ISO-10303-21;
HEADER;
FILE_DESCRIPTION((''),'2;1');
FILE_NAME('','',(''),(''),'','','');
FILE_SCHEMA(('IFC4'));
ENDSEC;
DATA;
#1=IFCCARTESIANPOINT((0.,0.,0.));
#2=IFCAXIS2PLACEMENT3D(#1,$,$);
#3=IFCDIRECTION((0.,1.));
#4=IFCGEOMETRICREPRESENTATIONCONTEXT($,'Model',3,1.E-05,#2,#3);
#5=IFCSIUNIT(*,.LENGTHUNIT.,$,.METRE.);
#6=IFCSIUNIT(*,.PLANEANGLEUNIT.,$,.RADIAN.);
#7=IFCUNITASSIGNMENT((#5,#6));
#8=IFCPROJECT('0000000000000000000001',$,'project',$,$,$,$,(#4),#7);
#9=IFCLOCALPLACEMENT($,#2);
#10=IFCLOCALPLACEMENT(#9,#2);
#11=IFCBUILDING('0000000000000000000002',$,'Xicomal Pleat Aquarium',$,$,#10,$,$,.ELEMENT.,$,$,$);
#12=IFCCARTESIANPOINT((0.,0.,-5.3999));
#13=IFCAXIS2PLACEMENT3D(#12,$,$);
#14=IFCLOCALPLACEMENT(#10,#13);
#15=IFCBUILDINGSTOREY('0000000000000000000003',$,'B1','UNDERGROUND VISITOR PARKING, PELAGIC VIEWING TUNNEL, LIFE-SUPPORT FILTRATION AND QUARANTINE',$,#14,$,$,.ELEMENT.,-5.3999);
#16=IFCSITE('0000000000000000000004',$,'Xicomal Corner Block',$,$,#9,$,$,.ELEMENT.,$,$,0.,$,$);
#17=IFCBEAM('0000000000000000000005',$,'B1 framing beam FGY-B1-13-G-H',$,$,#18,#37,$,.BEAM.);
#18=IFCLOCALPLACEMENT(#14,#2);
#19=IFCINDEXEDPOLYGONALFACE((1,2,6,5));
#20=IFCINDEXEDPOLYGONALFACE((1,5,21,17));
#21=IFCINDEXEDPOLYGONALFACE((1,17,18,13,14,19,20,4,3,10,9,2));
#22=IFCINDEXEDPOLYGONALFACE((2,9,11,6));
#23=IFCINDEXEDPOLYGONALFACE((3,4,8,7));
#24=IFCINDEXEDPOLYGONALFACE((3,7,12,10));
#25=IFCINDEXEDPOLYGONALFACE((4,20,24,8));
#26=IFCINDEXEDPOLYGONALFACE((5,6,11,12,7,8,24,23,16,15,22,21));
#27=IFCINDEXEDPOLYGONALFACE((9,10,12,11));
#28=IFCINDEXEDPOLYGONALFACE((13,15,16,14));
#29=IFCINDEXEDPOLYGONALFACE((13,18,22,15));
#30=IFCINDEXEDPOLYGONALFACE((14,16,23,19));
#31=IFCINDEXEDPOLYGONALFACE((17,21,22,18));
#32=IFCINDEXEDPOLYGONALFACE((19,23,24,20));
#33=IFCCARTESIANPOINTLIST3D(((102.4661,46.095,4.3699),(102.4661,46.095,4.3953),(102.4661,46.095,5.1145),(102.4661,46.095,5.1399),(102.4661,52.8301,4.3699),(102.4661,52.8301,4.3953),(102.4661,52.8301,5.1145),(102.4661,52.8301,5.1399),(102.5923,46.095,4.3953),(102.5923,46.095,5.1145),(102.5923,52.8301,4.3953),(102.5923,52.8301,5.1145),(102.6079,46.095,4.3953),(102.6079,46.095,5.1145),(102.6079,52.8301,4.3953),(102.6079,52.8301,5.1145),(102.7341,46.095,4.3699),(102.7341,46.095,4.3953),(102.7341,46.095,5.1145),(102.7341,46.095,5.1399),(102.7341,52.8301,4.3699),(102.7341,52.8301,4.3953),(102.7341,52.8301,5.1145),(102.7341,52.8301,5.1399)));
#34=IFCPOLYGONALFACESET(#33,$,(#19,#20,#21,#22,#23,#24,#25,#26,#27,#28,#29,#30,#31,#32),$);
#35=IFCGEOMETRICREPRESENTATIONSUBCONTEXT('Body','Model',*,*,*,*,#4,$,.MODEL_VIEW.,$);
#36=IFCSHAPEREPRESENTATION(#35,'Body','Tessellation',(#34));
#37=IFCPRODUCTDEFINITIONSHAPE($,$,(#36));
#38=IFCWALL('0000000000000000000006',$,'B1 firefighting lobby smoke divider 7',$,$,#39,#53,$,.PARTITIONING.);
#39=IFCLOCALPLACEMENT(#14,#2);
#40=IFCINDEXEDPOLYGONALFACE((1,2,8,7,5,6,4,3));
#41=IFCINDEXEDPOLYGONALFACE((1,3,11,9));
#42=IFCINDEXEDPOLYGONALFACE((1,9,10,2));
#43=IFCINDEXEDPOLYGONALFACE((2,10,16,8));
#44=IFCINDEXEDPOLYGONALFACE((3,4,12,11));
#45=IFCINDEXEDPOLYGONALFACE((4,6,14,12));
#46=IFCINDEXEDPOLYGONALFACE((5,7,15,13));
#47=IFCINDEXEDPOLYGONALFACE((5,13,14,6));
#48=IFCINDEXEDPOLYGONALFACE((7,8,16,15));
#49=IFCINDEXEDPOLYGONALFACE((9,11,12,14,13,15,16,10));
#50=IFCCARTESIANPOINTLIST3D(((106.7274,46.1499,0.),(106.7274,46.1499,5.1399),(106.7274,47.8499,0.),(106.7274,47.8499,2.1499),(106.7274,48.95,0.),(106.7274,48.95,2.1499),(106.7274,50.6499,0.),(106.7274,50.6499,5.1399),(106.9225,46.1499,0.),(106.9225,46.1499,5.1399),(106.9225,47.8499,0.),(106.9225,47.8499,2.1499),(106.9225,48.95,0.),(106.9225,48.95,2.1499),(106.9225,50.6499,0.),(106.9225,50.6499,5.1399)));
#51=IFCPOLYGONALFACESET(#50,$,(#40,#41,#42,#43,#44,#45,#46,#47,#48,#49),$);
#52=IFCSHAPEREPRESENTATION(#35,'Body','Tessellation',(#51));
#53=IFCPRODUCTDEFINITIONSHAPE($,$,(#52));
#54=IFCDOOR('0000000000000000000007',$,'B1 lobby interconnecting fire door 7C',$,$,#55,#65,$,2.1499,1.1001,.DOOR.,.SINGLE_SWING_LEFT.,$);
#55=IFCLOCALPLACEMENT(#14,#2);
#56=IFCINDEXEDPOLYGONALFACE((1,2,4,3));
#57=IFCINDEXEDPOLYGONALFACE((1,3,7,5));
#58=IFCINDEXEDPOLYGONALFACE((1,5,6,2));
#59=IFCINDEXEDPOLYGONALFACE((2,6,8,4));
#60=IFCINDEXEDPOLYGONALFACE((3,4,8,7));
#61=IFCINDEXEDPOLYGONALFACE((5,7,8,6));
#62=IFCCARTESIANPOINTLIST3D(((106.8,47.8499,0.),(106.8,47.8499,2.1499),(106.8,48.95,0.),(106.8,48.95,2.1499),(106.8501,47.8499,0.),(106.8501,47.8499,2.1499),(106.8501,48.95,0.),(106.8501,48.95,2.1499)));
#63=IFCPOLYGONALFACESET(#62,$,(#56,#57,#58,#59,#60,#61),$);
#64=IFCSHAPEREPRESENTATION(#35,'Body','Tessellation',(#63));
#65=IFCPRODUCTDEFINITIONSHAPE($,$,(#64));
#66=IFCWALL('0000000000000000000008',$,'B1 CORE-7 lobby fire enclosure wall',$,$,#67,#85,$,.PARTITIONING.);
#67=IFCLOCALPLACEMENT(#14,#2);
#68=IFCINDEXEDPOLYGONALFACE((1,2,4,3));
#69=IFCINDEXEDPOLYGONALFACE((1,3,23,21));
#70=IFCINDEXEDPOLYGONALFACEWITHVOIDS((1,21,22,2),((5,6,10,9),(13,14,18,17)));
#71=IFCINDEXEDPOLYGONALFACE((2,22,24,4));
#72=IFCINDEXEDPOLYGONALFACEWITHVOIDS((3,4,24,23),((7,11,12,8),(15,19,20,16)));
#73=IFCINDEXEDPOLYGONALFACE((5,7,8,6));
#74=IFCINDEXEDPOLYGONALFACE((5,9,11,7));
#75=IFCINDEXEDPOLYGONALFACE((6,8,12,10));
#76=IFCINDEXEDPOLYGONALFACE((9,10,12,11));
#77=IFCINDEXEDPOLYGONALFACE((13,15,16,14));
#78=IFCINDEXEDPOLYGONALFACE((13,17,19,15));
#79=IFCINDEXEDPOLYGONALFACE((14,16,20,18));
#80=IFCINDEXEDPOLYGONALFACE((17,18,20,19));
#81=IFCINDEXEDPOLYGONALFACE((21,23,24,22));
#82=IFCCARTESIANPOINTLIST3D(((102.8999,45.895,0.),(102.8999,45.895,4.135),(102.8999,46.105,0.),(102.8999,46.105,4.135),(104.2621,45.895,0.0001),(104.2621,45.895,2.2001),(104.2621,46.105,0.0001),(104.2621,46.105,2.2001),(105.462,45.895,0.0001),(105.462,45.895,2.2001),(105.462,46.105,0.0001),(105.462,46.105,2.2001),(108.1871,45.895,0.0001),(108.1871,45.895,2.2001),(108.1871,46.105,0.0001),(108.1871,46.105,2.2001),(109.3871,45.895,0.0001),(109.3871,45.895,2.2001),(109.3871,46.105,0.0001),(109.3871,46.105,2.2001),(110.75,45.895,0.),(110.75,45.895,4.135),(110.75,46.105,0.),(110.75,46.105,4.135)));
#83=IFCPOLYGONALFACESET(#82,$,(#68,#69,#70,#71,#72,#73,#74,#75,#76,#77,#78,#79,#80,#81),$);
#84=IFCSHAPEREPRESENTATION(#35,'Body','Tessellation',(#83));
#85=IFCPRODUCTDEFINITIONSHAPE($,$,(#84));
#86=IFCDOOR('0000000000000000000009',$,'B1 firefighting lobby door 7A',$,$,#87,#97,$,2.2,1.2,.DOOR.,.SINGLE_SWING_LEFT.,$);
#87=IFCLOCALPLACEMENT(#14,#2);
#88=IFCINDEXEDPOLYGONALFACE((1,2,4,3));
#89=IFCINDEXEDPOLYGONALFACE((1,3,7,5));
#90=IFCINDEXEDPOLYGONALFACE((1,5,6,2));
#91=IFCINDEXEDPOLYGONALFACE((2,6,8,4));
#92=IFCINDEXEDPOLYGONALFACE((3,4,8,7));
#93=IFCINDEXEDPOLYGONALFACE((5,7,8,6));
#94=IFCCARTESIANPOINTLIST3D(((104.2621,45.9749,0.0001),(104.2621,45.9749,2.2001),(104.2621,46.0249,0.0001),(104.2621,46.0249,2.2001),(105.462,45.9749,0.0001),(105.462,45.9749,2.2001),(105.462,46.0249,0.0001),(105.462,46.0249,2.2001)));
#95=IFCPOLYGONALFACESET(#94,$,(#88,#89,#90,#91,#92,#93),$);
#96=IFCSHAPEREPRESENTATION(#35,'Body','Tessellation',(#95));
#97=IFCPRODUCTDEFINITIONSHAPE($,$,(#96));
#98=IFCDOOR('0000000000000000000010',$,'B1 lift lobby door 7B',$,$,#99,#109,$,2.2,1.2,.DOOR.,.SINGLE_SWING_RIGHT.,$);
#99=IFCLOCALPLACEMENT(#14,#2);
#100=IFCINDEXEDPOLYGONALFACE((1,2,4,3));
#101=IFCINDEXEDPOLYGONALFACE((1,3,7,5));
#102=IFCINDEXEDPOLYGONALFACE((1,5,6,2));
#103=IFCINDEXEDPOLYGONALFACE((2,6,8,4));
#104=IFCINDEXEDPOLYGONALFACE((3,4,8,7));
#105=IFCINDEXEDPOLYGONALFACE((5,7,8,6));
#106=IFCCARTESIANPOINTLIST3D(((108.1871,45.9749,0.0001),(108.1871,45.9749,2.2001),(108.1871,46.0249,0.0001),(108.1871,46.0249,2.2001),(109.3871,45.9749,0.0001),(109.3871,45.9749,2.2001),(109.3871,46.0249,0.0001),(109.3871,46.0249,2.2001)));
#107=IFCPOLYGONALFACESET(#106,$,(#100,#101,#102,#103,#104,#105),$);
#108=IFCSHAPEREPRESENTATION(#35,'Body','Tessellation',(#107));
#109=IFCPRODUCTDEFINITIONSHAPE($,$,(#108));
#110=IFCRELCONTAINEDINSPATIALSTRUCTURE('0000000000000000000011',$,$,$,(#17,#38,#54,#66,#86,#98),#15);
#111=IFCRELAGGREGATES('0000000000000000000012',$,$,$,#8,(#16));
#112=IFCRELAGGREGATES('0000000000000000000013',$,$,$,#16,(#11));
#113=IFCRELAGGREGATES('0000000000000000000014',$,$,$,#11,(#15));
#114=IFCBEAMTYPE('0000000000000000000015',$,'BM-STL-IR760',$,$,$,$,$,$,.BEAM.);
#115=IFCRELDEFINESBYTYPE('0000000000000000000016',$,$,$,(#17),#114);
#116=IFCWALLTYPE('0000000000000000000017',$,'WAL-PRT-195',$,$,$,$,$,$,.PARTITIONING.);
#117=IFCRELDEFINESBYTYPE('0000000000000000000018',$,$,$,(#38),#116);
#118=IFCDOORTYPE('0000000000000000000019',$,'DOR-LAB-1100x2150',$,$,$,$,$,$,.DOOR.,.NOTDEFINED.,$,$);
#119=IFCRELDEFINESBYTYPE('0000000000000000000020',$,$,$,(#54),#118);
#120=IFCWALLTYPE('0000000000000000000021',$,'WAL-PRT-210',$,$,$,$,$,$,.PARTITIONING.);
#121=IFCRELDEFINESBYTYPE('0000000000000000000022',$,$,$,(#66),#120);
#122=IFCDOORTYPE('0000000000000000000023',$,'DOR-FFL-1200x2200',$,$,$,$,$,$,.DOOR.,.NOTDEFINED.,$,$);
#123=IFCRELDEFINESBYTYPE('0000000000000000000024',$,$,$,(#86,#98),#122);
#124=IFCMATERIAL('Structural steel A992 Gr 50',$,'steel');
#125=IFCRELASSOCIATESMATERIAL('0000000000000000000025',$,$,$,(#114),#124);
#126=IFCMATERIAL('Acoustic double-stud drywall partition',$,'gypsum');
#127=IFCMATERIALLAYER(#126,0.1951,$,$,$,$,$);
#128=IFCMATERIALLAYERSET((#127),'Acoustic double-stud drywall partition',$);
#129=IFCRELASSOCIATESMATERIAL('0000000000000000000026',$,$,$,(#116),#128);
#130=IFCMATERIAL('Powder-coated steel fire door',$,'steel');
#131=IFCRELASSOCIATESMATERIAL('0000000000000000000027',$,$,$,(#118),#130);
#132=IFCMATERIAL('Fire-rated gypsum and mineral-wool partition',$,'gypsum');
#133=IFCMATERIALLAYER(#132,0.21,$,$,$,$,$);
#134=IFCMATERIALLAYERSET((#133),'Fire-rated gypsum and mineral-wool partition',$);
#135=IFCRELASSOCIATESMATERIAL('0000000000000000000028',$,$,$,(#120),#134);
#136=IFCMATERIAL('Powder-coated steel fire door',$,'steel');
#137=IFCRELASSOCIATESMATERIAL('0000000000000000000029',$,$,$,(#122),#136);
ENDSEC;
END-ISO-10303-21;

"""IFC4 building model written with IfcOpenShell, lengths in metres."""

from ifc_helpers import new_model, si_unit, direction, frame, frame_2d, origin, origin_2d, place, context, subcontext, project, spatial, rectangle, i_section, extrude, material, layer, layer_set, material_profile, profile_set, type_object, element, fill, save


model = new_model("IFC4")

# Units and contexts
model_context = context("Model", 3, precision=1e-05, world=origin(), true_north=direction((0.0, 1.0)))
body_context = subcontext(model_context, "Body", "Model", "MODEL_VIEW")
ifc_project = project(units=[si_unit("LENGTHUNIT", "METRE"), si_unit("PLANEANGLEUNIT", "RADIAN")], contexts=[model_context])

# Site, building, storey
site_placement = place(None, origin())
site = spatial("IfcSite", under=ifc_project, at=site_placement, Name="Xicomal Corner Block", CompositionType="ELEMENT", RefElevation=0.0)
building_placement = place(site_placement, origin())
building = spatial("IfcBuilding", under=site, at=building_placement, Name="Xicomal Pleat Aquarium", CompositionType="ELEMENT")
storey_placement = place(building_placement, frame((0.0, 0.0, -5.3999)))
storey = spatial("IfcBuildingStorey", under=building, at=storey_placement, Name="B1", Description="UNDERGROUND VISITOR PARKING, PELAGIC VIEWING TUNNEL, LIFE-SUPPORT FILTRATION AND QUARANTINE", CompositionType="ELEMENT", Elevation=-5.3999)

# Beam
ifc_material_1 = material(Name="Structural steel A992 Gr 50", Category="steel")
ifc_material_profile_1 = material_profile(ifc_material_1, i_section(OverallWidth=0.2681, OverallDepth=0.77, WebThickness=0.0156, FlangeThickness=0.0254, at=origin_2d()), Name="IR 760x196")
ifc_profile_set_1 = profile_set([ifc_material_profile_1], Name="Structural steel A992 Gr 50")
beam_type_1 = type_object("IfcBeamType", Name="BM-STL-IR760", PredefinedType="BEAM", material=ifc_profile_set_1)
beam_1_placement = place(storey_placement, frame((102.6001, 46.095, 4.7549), z_axis=(0.0, 1.0, 0.0), x_axis=(-1.0, 0.0, 0.0)))
element("IfcBeam", 1, at=beam_1_placement, inside=storey, type_object=beam_type_1, Name="B1 framing beam FGY-B1-13-G-H", PredefinedType="BEAM", context=body_context, shape_type="SweptSolid", body=[
    extrude(i_section(OverallWidth=0.2681, OverallDepth=0.77, WebThickness=0.0156, FlangeThickness=0.0254, at=origin_2d()), origin(), (0.0, 0.0, 1.0), 6.7351),
])

# Wall, opening, door
ifc_material_2 = material(Name="Acoustic double-stud drywall partition", Category="gypsum")
ifc_layer_1 = layer(ifc_material_2, 0.1951)
ifc_layer_set_1 = layer_set([ifc_layer_1], Name="Acoustic double-stud drywall partition")
wall_type_1 = type_object("IfcWallType", Name="WAL-PRT-195", PredefinedType="PARTITIONING", material=ifc_layer_set_1)
wall_1_placement = place(storey_placement, frame((106.825, 46.1499, 0.0), z_axis=(0.0, 0.0, 1.0), x_axis=(0.0, 1.0, 0.0)))
wall_1 = element("IfcWall", 2, at=wall_1_placement, inside=storey, type_object=wall_type_1, Name="B1 firefighting lobby smoke divider 7", PredefinedType="PARTITIONING", context=body_context, shape_type="SweptSolid", body=[
    extrude(rectangle(XDim=4.5, YDim=0.1951, at=frame_2d((2.25, 0.0))), origin(), (0.0, 0.0, 1.0), 5.1399),
])
opening_1_placement = place(wall_1_placement, frame((1.7, 0.0, 0.0)))
opening_1 = element("IfcOpeningElement", 3, at=opening_1_placement, cuts=wall_1, PredefinedType="OPENING", context=body_context, shape_type="SweptSolid", body=[
    extrude(rectangle(XDim=1.1001, YDim=2.1499, at=frame_2d((0.55, 1.075))), frame((0.0, 0.1074, 0.0), z_axis=(0.0, -1.0, 0.0), x_axis=(1.0, 0.0, 0.0)), (0.0, 0.0, 1.0), 0.2151),
])
ifc_material_3 = material(Name="Powder-coated steel fire door", Category="steel")
door_type_1 = type_object("IfcDoorType", Name="DOR-LAB-1100x2150", OperationType="NOTDEFINED", PredefinedType="DOOR", material=ifc_material_3)
door_1_placement = place(opening_1_placement, origin())
door_1 = element("IfcDoor", 4, at=door_1_placement, inside=storey, type_object=door_type_1, Name="B1 lobby interconnecting fire door 7C", OperationType="SINGLE_SWING_LEFT", OverallHeight=2.1499, OverallWidth=1.1001, PredefinedType="DOOR", context=body_context, shape_type="SweptSolid", body=[
    extrude(rectangle(XDim=1.1001, YDim=2.1499, at=frame_2d((0.55, 1.075))), frame((0.0, 0.0249, 0.0), z_axis=(0.0, -1.0, 0.0), x_axis=(1.0, 0.0, 0.0)), (0.0, 0.0, 1.0), 0.05),
])
fill(opening_1, door_1)

# Wall, openings, doors
ifc_material_4 = material(Name="Fire-rated gypsum and mineral-wool partition", Category="gypsum")
ifc_layer_2 = layer(ifc_material_4, 0.21)
ifc_layer_set_2 = layer_set([ifc_layer_2], Name="Fire-rated gypsum and mineral-wool partition")
wall_type_2 = type_object("IfcWallType", Name="WAL-PRT-210", PredefinedType="PARTITIONING", material=ifc_layer_set_2)
wall_2_placement = place(storey_placement, frame((102.8999, 46.0, 0.0), z_axis=(0.0, 0.0, 1.0), x_axis=(1.0, 0.0, 0.0)))
wall_2 = element("IfcWall", 5, at=wall_2_placement, inside=storey, type_object=wall_type_2, Name="B1 CORE-7 lobby fire enclosure wall", PredefinedType="PARTITIONING", context=body_context, shape_type="SweptSolid", body=[
    extrude(rectangle(XDim=7.8501, YDim=0.21, at=frame_2d((3.925, 0.0))), origin(), (0.0, 0.0, 1.0), 4.135),
])
opening_2_placement = place(wall_2_placement, frame((1.3621, 0.0, 0.0)))
opening_2 = element("IfcOpeningElement", 6, at=opening_2_placement, cuts=wall_2, PredefinedType="OPENING", context=body_context, shape_type="SweptSolid", body=[
    extrude(rectangle(XDim=1.2, YDim=2.2, at=frame_2d((0.6001, 1.1001))), frame((0.0, 0.115, 0.0), z_axis=(0.0, -1.0, 0.0), x_axis=(1.0, 0.0, 0.0)), (0.0, 0.0, 1.0), 0.23),
])
opening_3_placement = place(wall_2_placement, frame((5.2871, 0.0, 0.0)))
opening_3 = element("IfcOpeningElement", 7, at=opening_3_placement, cuts=wall_2, PredefinedType="OPENING", context=body_context, shape_type="SweptSolid", body=[
    extrude(rectangle(XDim=1.2, YDim=2.2, at=frame_2d((0.6001, 1.1001))), frame((0.0, 0.115, 0.0), z_axis=(0.0, -1.0, 0.0), x_axis=(1.0, 0.0, 0.0)), (0.0, 0.0, 1.0), 0.23),
])
ifc_material_5 = material(Name="Powder-coated steel fire door", Category="steel")
door_type_2 = type_object("IfcDoorType", Name="DOR-FFL-1200x2200", OperationType="NOTDEFINED", PredefinedType="DOOR", material=ifc_material_5)
door_2_placement = place(opening_2_placement, origin())
door_2 = element("IfcDoor", 8, at=door_2_placement, inside=storey, type_object=door_type_2, Name="B1 firefighting lobby door 7A", OperationType="SINGLE_SWING_LEFT", OverallHeight=2.2, OverallWidth=1.2, PredefinedType="DOOR", context=body_context, shape_type="SweptSolid", body=[
    extrude(rectangle(XDim=1.2, YDim=2.2, at=frame_2d((0.6001, 1.1001))), frame((0.0, 0.0249, 0.0), z_axis=(0.0, -1.0, 0.0), x_axis=(1.0, 0.0, 0.0)), (0.0, 0.0, 1.0), 0.05),
])
fill(opening_2, door_2)
door_3_placement = place(opening_3_placement, origin())
door_3 = element("IfcDoor", 9, at=door_3_placement, inside=storey, type_object=door_type_2, Name="B1 lift lobby door 7B", OperationType="SINGLE_SWING_RIGHT", OverallHeight=2.2, OverallWidth=1.2, PredefinedType="DOOR", context=body_context, shape_type="SweptSolid", body=[
    extrude(rectangle(XDim=1.2, YDim=2.2, at=frame_2d((0.6001, 1.1001))), frame((0.0, 0.0249, 0.0), z_axis=(0.0, -1.0, 0.0), x_axis=(1.0, 0.0, 0.0)), (0.0, 0.0, 1.0), 0.05),
])
fill(opening_3, door_3)

save(model, "model.ifc")
